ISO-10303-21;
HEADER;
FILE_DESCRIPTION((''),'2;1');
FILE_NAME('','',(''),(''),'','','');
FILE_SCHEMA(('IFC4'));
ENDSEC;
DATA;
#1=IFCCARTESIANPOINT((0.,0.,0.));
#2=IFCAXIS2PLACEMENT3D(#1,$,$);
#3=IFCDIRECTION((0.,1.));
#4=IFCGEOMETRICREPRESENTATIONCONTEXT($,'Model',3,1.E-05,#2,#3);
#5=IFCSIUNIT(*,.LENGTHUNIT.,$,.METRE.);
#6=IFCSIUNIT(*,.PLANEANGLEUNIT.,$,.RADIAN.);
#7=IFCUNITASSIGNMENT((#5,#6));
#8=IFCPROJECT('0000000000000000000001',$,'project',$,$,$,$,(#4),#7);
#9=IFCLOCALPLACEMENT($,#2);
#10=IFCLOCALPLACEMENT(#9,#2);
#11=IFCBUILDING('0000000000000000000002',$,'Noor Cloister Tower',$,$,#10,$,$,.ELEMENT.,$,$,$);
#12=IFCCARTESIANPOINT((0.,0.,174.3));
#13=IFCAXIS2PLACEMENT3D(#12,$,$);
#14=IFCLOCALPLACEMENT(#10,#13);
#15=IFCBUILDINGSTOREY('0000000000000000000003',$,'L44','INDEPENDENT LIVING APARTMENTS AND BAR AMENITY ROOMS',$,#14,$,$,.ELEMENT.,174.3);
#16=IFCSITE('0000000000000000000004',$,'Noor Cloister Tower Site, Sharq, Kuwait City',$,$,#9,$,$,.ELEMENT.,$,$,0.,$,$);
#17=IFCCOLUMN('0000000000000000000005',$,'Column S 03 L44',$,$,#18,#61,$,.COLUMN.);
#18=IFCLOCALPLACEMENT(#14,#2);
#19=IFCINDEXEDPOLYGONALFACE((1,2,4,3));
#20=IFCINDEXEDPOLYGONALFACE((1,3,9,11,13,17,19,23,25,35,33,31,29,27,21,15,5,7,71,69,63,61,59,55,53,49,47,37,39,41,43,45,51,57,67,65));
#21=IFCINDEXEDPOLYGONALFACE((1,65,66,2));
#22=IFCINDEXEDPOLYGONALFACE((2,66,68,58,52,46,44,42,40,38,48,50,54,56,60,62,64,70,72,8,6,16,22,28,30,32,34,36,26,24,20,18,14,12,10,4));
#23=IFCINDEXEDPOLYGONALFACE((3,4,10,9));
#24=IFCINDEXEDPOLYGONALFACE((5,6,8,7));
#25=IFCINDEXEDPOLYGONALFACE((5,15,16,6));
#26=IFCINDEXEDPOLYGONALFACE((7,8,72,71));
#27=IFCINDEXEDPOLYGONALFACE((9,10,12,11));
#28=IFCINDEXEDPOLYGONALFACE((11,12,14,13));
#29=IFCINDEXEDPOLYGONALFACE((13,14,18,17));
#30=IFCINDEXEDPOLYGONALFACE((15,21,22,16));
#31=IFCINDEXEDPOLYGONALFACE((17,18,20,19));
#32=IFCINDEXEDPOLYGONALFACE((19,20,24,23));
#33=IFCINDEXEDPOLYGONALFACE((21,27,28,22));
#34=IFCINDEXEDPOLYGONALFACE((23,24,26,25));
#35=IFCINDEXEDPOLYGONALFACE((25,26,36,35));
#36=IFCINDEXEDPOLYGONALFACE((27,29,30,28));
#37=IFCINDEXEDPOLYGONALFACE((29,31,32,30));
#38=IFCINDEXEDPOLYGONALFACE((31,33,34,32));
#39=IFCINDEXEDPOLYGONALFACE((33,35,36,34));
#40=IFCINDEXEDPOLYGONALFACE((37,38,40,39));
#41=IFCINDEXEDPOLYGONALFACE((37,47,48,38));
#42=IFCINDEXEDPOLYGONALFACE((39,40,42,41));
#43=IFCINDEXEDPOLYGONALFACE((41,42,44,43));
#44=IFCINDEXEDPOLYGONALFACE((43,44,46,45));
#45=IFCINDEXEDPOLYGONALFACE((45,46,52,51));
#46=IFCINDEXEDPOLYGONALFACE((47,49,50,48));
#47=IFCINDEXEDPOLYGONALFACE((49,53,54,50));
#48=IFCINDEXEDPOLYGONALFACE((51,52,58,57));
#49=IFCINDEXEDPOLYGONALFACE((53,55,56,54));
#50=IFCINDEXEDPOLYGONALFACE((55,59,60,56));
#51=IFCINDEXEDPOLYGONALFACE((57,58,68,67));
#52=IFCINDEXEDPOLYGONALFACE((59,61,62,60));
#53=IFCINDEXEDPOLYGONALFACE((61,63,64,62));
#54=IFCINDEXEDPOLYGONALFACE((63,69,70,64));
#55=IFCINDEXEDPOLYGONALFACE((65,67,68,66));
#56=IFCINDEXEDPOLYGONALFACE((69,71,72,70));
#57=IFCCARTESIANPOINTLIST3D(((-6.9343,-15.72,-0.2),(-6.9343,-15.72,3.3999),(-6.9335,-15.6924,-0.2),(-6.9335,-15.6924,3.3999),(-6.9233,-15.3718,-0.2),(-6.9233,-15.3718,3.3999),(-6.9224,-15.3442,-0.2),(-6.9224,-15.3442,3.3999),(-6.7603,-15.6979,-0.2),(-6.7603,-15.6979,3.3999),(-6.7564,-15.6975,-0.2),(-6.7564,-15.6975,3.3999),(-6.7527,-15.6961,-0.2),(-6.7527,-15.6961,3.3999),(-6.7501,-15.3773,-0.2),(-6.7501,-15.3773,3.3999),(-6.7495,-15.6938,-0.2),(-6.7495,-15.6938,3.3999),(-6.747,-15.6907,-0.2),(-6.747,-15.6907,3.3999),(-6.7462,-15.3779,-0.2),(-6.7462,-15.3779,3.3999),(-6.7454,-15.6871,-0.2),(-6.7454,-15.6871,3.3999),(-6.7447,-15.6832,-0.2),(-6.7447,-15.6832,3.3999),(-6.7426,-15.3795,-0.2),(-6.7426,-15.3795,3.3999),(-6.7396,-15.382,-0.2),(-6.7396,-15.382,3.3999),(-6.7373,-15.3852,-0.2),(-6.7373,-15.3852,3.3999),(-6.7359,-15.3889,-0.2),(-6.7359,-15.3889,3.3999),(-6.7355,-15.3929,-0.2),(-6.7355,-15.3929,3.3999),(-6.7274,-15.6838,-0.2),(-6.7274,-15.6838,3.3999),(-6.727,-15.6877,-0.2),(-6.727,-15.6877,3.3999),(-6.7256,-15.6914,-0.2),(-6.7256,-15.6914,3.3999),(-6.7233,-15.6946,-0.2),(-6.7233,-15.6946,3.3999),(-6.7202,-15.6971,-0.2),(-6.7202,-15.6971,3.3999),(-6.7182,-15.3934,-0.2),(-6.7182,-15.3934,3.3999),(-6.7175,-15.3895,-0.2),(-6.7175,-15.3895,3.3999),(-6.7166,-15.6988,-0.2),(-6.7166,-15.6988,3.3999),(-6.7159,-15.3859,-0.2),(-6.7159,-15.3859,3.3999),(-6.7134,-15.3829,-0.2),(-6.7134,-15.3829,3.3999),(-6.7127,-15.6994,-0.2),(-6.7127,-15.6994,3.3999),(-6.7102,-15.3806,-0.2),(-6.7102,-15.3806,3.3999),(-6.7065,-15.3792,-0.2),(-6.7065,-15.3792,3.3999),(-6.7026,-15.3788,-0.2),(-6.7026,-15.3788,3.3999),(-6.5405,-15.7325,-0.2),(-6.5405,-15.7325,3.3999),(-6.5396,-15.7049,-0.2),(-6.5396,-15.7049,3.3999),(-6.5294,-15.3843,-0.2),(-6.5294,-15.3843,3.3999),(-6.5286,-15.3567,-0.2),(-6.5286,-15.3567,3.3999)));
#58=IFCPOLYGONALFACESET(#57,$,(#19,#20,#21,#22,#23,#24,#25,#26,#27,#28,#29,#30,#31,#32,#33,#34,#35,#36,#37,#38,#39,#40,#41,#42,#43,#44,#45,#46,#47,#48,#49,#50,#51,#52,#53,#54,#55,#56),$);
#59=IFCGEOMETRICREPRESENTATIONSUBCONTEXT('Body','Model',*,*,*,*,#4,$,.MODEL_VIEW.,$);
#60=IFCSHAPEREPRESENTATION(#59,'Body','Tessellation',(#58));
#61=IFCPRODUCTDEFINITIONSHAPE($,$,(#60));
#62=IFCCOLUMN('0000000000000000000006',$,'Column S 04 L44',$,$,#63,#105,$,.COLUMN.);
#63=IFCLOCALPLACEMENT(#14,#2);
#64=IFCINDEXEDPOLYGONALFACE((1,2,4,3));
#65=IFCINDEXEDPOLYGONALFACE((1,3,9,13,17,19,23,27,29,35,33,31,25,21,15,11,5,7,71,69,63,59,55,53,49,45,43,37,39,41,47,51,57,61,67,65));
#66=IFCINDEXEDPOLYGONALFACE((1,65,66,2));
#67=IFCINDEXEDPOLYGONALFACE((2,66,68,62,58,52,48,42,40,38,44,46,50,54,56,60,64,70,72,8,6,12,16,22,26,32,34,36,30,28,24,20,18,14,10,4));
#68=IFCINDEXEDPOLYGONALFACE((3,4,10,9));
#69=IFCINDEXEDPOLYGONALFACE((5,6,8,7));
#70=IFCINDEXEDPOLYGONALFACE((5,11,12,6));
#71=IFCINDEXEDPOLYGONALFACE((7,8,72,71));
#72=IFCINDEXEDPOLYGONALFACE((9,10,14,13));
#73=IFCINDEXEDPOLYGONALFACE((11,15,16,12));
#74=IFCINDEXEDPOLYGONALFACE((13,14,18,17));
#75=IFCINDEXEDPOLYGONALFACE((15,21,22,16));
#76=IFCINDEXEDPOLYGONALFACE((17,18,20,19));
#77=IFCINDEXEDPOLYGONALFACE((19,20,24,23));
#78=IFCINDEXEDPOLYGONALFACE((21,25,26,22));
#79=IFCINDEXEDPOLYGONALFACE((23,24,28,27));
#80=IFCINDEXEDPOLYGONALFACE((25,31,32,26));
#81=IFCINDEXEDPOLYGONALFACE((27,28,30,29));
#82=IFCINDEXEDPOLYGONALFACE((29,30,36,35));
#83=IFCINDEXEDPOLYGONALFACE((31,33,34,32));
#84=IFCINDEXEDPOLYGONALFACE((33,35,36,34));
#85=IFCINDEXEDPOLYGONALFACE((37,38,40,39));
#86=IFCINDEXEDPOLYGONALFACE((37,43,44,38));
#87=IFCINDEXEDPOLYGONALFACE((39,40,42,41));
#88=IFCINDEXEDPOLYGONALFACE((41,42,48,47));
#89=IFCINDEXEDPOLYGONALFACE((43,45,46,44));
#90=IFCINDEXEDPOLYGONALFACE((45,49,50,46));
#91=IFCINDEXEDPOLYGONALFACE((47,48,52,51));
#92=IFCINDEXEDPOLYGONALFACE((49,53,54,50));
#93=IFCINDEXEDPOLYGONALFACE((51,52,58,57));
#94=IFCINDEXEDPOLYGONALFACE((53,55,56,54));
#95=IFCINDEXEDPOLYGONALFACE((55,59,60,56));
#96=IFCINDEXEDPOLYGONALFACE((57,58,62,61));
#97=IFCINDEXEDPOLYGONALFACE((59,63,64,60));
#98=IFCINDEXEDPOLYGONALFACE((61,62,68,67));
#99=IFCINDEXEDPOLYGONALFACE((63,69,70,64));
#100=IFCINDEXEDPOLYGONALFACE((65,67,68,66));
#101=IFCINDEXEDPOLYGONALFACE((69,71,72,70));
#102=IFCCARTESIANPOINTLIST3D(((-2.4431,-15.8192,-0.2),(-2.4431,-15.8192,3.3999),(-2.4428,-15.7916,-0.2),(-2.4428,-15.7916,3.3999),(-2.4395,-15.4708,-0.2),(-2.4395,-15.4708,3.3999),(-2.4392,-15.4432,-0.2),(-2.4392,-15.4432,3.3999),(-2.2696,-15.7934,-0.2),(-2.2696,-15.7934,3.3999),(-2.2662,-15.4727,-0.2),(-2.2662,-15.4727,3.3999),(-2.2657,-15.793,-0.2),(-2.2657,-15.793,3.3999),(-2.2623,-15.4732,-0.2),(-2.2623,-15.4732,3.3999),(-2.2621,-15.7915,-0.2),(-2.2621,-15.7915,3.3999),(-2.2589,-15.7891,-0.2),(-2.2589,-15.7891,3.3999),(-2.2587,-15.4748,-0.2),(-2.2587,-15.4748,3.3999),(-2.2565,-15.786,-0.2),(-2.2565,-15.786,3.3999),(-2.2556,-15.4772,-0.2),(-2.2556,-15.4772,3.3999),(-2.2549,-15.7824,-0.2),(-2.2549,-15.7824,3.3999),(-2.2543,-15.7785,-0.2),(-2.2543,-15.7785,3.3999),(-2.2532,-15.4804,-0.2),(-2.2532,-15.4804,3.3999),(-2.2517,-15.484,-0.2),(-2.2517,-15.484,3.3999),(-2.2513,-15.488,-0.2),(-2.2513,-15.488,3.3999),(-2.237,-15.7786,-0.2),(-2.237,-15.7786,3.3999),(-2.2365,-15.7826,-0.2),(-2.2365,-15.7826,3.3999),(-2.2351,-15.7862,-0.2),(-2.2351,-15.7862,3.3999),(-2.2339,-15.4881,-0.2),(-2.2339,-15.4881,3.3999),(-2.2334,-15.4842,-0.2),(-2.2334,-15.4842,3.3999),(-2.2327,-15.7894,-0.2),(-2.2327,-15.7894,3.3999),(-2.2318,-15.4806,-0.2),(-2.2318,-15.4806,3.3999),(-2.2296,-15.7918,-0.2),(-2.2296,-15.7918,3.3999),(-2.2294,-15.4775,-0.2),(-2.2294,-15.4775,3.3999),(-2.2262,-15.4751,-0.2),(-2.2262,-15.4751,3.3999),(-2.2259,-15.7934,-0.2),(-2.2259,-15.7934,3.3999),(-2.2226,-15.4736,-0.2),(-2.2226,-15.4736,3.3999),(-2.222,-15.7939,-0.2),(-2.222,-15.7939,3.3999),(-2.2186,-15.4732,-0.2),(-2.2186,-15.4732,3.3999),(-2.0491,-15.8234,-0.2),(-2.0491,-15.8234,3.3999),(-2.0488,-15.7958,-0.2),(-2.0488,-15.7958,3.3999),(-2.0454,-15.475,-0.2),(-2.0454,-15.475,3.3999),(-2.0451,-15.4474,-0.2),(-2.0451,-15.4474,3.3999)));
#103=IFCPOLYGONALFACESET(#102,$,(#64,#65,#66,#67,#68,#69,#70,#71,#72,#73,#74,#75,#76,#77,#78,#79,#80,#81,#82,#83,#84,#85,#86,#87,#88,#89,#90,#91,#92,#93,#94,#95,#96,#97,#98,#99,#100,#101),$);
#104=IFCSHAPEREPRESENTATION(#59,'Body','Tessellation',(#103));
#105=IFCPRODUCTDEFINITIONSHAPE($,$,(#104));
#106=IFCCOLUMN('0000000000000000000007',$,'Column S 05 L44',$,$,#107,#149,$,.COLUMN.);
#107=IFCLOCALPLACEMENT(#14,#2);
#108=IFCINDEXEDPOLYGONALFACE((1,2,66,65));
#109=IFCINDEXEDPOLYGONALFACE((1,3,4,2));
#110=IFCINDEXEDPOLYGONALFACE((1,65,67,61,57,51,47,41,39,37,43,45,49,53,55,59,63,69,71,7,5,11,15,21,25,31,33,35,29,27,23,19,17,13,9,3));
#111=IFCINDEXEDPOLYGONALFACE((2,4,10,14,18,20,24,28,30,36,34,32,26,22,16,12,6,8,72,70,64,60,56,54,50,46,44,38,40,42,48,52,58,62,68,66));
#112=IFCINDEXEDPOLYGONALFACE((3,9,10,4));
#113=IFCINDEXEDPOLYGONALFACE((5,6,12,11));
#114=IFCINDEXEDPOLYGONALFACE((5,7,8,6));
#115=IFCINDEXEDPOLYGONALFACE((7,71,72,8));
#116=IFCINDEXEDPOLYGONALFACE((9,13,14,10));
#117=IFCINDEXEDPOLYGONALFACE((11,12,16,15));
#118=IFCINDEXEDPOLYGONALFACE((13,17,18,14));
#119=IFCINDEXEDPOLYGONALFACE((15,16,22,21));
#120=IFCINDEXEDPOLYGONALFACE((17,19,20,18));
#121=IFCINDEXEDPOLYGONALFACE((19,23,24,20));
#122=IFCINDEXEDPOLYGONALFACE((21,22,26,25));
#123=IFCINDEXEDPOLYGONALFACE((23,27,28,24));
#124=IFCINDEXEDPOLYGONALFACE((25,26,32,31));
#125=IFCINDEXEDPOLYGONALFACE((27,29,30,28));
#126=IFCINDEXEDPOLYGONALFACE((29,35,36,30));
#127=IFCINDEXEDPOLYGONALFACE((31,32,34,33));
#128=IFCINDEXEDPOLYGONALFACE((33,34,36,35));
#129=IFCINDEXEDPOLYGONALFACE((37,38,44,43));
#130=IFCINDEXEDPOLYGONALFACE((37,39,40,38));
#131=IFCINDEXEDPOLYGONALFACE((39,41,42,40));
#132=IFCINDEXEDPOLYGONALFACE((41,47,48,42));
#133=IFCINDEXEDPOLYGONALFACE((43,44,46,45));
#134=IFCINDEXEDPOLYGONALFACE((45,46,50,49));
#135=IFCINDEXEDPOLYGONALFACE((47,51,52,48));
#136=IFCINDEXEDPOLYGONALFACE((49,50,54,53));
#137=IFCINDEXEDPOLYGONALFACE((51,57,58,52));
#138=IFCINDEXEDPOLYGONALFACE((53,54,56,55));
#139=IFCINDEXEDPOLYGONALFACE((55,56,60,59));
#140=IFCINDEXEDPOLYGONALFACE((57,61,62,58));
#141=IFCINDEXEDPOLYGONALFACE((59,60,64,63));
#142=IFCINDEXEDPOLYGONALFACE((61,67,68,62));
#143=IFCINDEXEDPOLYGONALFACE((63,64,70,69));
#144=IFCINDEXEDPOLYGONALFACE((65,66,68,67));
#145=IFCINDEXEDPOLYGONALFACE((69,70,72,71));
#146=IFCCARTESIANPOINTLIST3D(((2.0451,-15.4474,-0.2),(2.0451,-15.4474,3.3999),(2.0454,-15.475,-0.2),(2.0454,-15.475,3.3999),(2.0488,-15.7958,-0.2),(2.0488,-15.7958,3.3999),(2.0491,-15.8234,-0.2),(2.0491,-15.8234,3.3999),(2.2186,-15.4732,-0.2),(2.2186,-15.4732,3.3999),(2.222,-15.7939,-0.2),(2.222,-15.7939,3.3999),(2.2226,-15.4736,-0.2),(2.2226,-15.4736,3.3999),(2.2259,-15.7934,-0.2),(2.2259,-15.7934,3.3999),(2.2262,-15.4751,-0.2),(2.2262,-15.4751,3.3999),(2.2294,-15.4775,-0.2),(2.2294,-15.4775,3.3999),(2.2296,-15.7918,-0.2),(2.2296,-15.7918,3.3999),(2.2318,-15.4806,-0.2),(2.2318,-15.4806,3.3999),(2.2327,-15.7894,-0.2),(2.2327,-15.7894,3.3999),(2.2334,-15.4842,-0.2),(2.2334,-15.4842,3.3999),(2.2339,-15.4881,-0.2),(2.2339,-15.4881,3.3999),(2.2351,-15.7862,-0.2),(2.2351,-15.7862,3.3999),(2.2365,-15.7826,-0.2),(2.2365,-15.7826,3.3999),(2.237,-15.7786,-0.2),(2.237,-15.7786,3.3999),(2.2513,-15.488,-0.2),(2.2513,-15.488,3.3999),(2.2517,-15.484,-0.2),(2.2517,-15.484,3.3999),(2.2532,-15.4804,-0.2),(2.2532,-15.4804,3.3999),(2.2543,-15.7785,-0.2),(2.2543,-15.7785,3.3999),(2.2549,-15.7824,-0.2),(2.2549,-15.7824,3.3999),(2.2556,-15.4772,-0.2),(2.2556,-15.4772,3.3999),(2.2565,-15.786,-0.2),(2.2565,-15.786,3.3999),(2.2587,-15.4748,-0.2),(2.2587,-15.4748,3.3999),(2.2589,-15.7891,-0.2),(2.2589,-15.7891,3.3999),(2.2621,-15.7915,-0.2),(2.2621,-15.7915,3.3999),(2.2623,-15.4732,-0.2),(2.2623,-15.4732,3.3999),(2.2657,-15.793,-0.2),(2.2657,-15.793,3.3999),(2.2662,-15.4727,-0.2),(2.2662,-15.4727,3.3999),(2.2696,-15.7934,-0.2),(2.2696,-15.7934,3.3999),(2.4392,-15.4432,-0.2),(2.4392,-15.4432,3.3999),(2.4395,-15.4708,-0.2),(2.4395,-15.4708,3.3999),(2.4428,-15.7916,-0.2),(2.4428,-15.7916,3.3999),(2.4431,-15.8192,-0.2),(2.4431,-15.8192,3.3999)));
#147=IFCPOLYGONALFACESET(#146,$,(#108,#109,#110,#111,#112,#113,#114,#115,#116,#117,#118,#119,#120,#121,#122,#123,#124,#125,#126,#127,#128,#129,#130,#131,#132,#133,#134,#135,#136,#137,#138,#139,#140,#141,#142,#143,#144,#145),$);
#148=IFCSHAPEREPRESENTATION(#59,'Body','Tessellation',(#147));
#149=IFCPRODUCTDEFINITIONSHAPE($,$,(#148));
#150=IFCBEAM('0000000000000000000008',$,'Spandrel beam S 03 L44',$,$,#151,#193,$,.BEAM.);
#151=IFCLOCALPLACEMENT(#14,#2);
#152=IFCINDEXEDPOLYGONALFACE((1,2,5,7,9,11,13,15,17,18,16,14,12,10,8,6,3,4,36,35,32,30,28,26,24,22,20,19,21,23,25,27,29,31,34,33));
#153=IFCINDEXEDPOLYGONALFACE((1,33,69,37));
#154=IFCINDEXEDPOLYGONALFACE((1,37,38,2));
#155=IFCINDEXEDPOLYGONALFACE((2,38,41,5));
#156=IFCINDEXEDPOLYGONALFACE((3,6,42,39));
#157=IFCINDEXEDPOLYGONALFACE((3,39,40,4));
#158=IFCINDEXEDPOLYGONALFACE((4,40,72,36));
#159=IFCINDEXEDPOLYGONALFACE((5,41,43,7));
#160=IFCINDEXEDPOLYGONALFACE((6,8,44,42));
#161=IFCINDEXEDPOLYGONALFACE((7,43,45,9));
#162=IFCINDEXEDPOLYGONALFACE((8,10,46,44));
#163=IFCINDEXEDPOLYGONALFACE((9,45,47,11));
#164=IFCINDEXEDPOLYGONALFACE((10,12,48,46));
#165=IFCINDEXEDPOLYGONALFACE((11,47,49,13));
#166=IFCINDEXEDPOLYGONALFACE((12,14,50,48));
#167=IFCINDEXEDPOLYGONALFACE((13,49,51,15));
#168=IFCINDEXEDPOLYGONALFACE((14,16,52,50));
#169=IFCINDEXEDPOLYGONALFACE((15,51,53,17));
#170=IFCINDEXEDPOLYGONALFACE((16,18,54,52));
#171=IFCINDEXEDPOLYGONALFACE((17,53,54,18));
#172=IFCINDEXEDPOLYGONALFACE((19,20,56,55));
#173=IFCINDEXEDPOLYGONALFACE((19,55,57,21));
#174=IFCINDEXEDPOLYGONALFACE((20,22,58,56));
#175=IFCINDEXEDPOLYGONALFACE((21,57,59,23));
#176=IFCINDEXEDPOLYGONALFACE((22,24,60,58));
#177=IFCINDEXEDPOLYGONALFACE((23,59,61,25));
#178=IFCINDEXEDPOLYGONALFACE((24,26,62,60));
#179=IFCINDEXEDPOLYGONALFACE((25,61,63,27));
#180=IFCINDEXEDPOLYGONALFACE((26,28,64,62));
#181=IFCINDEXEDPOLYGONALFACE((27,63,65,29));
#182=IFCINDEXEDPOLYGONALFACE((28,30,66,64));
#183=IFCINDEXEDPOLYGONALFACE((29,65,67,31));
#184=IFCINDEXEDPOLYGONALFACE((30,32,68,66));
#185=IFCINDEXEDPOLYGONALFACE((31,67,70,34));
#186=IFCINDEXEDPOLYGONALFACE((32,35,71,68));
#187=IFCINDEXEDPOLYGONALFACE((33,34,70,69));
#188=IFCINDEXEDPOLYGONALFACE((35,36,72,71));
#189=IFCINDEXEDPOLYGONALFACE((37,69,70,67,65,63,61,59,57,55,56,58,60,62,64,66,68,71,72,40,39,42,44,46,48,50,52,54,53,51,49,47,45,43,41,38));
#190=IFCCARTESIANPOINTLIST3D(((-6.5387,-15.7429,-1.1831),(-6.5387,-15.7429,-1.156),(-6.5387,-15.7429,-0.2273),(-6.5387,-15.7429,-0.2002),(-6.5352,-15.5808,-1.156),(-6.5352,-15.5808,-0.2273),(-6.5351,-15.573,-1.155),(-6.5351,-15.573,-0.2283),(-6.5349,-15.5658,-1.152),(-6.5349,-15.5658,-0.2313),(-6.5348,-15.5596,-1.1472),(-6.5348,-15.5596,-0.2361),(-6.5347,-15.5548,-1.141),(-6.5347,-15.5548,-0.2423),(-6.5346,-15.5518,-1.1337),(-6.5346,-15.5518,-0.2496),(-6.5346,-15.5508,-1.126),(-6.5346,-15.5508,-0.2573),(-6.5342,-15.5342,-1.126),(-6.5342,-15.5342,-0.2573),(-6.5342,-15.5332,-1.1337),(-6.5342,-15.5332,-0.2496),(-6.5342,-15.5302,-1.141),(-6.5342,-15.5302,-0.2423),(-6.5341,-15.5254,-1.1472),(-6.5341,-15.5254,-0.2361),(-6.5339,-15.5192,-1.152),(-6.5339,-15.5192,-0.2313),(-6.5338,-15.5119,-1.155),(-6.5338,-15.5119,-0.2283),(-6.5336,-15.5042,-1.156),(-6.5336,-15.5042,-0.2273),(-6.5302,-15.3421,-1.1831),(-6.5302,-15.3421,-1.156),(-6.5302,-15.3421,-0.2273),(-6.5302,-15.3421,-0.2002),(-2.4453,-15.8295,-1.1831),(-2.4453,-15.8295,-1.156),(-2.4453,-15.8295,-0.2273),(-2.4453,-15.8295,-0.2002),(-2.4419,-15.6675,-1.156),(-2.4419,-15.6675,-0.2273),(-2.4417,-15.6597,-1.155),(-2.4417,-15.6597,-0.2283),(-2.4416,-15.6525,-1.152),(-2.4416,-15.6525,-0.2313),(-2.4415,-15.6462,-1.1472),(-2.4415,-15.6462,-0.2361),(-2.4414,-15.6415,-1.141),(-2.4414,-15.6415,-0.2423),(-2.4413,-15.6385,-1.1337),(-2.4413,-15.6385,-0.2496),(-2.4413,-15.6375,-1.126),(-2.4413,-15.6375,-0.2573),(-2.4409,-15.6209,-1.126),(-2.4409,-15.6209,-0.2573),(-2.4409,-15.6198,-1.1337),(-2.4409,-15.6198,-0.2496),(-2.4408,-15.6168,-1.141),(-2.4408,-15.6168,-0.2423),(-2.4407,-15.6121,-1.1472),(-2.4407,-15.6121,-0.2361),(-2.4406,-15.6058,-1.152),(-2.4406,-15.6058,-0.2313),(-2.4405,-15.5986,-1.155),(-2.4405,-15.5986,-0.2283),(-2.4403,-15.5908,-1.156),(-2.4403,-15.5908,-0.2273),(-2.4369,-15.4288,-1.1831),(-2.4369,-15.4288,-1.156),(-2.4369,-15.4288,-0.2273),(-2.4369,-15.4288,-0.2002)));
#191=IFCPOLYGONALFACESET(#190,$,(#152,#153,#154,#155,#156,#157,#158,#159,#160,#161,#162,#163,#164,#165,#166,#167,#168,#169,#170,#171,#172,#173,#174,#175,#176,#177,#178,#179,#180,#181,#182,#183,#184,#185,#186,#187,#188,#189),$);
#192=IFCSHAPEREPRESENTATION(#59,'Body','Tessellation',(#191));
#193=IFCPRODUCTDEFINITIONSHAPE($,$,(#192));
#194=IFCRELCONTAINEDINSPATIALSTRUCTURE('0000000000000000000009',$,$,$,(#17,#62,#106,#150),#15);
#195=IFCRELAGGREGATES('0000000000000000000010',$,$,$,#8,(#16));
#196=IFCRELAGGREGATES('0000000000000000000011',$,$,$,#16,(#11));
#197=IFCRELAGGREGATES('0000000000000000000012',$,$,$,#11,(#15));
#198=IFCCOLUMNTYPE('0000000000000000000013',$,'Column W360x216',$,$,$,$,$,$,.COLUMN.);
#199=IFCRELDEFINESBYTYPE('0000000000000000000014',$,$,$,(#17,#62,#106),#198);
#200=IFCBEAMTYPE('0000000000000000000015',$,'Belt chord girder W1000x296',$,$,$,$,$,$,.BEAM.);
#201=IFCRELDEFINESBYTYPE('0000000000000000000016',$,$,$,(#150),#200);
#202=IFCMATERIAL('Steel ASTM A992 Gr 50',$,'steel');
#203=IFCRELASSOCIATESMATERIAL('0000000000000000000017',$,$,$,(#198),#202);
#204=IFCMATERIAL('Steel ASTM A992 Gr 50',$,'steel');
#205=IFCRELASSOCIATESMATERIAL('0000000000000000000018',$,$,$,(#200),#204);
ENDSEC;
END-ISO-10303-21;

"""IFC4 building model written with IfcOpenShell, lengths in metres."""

from ifc_helpers import new_model, si_unit, direction, frame, origin, origin_2d, place, context, subcontext, project, spatial, i_section, extrude, material, material_profile, profile_set, type_object, element, save


model = new_model("IFC4")

# Units and contexts
model_context = context("Model", 3, precision=1e-05, world=origin(), true_north=direction((0.0, 1.0)))
body_context = subcontext(model_context, "Body", "Model", "MODEL_VIEW")
ifc_project = project(units=[si_unit("LENGTHUNIT", "METRE"), si_unit("PLANEANGLEUNIT", "RADIAN")], contexts=[model_context])

# Site, building, storey
site_placement = place(None, origin())
site = spatial("IfcSite", under=ifc_project, at=site_placement, Name="Noor Cloister Tower Site, Sharq, Kuwait City", CompositionType="ELEMENT", RefElevation=0.0)
building_placement = place(site_placement, origin())
building = spatial("IfcBuilding", under=site, at=building_placement, Name="Noor Cloister Tower", CompositionType="ELEMENT")
storey_placement = place(building_placement, frame((0.0, 0.0, 174.3)))
storey = spatial("IfcBuildingStorey", under=building, at=storey_placement, Name="L44", Description="INDEPENDENT LIVING APARTMENTS AND BAR AMENITY ROOMS", CompositionType="ELEMENT", Elevation=174.3)

# Columns
ifc_material_1 = material(Name="Steel ASTM A992 Gr 50", Category="steel")
ifc_material_profile_1 = material_profile(ifc_material_1, i_section(OverallWidth=0.394, OverallDepth=0.376, WebThickness=0.0173, FlangeThickness=0.0276, FilletRadius=0.0151, at=origin_2d()), Name="W360x216")
ifc_profile_set_1 = profile_set([ifc_material_profile_1], Name="Steel ASTM A992 Gr 50")
column_type = type_object("IfcColumnType", Name="Column W360x216", PredefinedType="COLUMN", material=ifc_profile_set_1)
for number, where, z_axis, x_axis, name in (
    (1, (-6.7314, -15.5383, -0.2), (0.0, 0.0, 1.0), (0.999495, -0.031767, 0.0), "Column S 03 L44"),
    (2, (-2.2441, -15.6333, -0.2), (0.0, 0.0, 1.0), (0.999944, -0.010591, 0.0), "Column S 04 L44"),
    (3, (2.2441, -15.6333, -0.2), (0.0, 0.0, 1.0), (0.999944, 0.010591, 0.0), "Column S 05 L44"),
):
    element("IfcColumn", number, at=place(storey_placement, frame(where, z_axis=z_axis, x_axis=x_axis)), inside=storey, type_object=column_type, Name=name, PredefinedType="COLUMN", context=body_context, shape_type="SweptSolid", body=[
        extrude(i_section(OverallWidth=0.394, OverallDepth=0.376, WebThickness=0.0173, FlangeThickness=0.0276, FilletRadius=0.0151, at=origin_2d()), origin(), (0.0, 0.0, 1.0), 3.5999),
    ])

# Beam
ifc_material_2 = material(Name="Steel ASTM A992 Gr 50", Category="steel")
ifc_material_profile_2 = material_profile(ifc_material_2, i_section(OverallWidth=0.4009, OverallDepth=0.9829, WebThickness=0.0166, FlangeThickness=0.0271, FilletRadius=0.03, at=origin_2d()), Name="W1000x296")
ifc_profile_set_2 = profile_set([ifc_material_profile_2], Name="Steel ASTM A992 Gr 50")
beam_type_1 = type_object("IfcBeamType", Name="Belt chord girder W1000x296", PredefinedType="BEAM", material=ifc_profile_set_2)
for number, where, z_axis, x_axis, name in (
    (4, (-6.5344, -15.5425, -0.6917), (0.999776, -0.021169, 0.0), (0.021169, 0.999776, 0.0), "Spandrel beam S 03 L44"),
):
    element("IfcBeam", number, at=place(storey_placement, frame(where, z_axis=z_axis, x_axis=x_axis)), inside=storey, type_object=beam_type_1, Name=name, PredefinedType="BEAM", context=body_context, shape_type="SweptSolid", body=[
        extrude(i_section(OverallWidth=0.4009, OverallDepth=0.9829, WebThickness=0.0166, FlangeThickness=0.0271, FilletRadius=0.03, at=origin_2d()), origin(), (0.0, 0.0, 1.0), 4.0942),
    ])

save(model, "model.ifc")
